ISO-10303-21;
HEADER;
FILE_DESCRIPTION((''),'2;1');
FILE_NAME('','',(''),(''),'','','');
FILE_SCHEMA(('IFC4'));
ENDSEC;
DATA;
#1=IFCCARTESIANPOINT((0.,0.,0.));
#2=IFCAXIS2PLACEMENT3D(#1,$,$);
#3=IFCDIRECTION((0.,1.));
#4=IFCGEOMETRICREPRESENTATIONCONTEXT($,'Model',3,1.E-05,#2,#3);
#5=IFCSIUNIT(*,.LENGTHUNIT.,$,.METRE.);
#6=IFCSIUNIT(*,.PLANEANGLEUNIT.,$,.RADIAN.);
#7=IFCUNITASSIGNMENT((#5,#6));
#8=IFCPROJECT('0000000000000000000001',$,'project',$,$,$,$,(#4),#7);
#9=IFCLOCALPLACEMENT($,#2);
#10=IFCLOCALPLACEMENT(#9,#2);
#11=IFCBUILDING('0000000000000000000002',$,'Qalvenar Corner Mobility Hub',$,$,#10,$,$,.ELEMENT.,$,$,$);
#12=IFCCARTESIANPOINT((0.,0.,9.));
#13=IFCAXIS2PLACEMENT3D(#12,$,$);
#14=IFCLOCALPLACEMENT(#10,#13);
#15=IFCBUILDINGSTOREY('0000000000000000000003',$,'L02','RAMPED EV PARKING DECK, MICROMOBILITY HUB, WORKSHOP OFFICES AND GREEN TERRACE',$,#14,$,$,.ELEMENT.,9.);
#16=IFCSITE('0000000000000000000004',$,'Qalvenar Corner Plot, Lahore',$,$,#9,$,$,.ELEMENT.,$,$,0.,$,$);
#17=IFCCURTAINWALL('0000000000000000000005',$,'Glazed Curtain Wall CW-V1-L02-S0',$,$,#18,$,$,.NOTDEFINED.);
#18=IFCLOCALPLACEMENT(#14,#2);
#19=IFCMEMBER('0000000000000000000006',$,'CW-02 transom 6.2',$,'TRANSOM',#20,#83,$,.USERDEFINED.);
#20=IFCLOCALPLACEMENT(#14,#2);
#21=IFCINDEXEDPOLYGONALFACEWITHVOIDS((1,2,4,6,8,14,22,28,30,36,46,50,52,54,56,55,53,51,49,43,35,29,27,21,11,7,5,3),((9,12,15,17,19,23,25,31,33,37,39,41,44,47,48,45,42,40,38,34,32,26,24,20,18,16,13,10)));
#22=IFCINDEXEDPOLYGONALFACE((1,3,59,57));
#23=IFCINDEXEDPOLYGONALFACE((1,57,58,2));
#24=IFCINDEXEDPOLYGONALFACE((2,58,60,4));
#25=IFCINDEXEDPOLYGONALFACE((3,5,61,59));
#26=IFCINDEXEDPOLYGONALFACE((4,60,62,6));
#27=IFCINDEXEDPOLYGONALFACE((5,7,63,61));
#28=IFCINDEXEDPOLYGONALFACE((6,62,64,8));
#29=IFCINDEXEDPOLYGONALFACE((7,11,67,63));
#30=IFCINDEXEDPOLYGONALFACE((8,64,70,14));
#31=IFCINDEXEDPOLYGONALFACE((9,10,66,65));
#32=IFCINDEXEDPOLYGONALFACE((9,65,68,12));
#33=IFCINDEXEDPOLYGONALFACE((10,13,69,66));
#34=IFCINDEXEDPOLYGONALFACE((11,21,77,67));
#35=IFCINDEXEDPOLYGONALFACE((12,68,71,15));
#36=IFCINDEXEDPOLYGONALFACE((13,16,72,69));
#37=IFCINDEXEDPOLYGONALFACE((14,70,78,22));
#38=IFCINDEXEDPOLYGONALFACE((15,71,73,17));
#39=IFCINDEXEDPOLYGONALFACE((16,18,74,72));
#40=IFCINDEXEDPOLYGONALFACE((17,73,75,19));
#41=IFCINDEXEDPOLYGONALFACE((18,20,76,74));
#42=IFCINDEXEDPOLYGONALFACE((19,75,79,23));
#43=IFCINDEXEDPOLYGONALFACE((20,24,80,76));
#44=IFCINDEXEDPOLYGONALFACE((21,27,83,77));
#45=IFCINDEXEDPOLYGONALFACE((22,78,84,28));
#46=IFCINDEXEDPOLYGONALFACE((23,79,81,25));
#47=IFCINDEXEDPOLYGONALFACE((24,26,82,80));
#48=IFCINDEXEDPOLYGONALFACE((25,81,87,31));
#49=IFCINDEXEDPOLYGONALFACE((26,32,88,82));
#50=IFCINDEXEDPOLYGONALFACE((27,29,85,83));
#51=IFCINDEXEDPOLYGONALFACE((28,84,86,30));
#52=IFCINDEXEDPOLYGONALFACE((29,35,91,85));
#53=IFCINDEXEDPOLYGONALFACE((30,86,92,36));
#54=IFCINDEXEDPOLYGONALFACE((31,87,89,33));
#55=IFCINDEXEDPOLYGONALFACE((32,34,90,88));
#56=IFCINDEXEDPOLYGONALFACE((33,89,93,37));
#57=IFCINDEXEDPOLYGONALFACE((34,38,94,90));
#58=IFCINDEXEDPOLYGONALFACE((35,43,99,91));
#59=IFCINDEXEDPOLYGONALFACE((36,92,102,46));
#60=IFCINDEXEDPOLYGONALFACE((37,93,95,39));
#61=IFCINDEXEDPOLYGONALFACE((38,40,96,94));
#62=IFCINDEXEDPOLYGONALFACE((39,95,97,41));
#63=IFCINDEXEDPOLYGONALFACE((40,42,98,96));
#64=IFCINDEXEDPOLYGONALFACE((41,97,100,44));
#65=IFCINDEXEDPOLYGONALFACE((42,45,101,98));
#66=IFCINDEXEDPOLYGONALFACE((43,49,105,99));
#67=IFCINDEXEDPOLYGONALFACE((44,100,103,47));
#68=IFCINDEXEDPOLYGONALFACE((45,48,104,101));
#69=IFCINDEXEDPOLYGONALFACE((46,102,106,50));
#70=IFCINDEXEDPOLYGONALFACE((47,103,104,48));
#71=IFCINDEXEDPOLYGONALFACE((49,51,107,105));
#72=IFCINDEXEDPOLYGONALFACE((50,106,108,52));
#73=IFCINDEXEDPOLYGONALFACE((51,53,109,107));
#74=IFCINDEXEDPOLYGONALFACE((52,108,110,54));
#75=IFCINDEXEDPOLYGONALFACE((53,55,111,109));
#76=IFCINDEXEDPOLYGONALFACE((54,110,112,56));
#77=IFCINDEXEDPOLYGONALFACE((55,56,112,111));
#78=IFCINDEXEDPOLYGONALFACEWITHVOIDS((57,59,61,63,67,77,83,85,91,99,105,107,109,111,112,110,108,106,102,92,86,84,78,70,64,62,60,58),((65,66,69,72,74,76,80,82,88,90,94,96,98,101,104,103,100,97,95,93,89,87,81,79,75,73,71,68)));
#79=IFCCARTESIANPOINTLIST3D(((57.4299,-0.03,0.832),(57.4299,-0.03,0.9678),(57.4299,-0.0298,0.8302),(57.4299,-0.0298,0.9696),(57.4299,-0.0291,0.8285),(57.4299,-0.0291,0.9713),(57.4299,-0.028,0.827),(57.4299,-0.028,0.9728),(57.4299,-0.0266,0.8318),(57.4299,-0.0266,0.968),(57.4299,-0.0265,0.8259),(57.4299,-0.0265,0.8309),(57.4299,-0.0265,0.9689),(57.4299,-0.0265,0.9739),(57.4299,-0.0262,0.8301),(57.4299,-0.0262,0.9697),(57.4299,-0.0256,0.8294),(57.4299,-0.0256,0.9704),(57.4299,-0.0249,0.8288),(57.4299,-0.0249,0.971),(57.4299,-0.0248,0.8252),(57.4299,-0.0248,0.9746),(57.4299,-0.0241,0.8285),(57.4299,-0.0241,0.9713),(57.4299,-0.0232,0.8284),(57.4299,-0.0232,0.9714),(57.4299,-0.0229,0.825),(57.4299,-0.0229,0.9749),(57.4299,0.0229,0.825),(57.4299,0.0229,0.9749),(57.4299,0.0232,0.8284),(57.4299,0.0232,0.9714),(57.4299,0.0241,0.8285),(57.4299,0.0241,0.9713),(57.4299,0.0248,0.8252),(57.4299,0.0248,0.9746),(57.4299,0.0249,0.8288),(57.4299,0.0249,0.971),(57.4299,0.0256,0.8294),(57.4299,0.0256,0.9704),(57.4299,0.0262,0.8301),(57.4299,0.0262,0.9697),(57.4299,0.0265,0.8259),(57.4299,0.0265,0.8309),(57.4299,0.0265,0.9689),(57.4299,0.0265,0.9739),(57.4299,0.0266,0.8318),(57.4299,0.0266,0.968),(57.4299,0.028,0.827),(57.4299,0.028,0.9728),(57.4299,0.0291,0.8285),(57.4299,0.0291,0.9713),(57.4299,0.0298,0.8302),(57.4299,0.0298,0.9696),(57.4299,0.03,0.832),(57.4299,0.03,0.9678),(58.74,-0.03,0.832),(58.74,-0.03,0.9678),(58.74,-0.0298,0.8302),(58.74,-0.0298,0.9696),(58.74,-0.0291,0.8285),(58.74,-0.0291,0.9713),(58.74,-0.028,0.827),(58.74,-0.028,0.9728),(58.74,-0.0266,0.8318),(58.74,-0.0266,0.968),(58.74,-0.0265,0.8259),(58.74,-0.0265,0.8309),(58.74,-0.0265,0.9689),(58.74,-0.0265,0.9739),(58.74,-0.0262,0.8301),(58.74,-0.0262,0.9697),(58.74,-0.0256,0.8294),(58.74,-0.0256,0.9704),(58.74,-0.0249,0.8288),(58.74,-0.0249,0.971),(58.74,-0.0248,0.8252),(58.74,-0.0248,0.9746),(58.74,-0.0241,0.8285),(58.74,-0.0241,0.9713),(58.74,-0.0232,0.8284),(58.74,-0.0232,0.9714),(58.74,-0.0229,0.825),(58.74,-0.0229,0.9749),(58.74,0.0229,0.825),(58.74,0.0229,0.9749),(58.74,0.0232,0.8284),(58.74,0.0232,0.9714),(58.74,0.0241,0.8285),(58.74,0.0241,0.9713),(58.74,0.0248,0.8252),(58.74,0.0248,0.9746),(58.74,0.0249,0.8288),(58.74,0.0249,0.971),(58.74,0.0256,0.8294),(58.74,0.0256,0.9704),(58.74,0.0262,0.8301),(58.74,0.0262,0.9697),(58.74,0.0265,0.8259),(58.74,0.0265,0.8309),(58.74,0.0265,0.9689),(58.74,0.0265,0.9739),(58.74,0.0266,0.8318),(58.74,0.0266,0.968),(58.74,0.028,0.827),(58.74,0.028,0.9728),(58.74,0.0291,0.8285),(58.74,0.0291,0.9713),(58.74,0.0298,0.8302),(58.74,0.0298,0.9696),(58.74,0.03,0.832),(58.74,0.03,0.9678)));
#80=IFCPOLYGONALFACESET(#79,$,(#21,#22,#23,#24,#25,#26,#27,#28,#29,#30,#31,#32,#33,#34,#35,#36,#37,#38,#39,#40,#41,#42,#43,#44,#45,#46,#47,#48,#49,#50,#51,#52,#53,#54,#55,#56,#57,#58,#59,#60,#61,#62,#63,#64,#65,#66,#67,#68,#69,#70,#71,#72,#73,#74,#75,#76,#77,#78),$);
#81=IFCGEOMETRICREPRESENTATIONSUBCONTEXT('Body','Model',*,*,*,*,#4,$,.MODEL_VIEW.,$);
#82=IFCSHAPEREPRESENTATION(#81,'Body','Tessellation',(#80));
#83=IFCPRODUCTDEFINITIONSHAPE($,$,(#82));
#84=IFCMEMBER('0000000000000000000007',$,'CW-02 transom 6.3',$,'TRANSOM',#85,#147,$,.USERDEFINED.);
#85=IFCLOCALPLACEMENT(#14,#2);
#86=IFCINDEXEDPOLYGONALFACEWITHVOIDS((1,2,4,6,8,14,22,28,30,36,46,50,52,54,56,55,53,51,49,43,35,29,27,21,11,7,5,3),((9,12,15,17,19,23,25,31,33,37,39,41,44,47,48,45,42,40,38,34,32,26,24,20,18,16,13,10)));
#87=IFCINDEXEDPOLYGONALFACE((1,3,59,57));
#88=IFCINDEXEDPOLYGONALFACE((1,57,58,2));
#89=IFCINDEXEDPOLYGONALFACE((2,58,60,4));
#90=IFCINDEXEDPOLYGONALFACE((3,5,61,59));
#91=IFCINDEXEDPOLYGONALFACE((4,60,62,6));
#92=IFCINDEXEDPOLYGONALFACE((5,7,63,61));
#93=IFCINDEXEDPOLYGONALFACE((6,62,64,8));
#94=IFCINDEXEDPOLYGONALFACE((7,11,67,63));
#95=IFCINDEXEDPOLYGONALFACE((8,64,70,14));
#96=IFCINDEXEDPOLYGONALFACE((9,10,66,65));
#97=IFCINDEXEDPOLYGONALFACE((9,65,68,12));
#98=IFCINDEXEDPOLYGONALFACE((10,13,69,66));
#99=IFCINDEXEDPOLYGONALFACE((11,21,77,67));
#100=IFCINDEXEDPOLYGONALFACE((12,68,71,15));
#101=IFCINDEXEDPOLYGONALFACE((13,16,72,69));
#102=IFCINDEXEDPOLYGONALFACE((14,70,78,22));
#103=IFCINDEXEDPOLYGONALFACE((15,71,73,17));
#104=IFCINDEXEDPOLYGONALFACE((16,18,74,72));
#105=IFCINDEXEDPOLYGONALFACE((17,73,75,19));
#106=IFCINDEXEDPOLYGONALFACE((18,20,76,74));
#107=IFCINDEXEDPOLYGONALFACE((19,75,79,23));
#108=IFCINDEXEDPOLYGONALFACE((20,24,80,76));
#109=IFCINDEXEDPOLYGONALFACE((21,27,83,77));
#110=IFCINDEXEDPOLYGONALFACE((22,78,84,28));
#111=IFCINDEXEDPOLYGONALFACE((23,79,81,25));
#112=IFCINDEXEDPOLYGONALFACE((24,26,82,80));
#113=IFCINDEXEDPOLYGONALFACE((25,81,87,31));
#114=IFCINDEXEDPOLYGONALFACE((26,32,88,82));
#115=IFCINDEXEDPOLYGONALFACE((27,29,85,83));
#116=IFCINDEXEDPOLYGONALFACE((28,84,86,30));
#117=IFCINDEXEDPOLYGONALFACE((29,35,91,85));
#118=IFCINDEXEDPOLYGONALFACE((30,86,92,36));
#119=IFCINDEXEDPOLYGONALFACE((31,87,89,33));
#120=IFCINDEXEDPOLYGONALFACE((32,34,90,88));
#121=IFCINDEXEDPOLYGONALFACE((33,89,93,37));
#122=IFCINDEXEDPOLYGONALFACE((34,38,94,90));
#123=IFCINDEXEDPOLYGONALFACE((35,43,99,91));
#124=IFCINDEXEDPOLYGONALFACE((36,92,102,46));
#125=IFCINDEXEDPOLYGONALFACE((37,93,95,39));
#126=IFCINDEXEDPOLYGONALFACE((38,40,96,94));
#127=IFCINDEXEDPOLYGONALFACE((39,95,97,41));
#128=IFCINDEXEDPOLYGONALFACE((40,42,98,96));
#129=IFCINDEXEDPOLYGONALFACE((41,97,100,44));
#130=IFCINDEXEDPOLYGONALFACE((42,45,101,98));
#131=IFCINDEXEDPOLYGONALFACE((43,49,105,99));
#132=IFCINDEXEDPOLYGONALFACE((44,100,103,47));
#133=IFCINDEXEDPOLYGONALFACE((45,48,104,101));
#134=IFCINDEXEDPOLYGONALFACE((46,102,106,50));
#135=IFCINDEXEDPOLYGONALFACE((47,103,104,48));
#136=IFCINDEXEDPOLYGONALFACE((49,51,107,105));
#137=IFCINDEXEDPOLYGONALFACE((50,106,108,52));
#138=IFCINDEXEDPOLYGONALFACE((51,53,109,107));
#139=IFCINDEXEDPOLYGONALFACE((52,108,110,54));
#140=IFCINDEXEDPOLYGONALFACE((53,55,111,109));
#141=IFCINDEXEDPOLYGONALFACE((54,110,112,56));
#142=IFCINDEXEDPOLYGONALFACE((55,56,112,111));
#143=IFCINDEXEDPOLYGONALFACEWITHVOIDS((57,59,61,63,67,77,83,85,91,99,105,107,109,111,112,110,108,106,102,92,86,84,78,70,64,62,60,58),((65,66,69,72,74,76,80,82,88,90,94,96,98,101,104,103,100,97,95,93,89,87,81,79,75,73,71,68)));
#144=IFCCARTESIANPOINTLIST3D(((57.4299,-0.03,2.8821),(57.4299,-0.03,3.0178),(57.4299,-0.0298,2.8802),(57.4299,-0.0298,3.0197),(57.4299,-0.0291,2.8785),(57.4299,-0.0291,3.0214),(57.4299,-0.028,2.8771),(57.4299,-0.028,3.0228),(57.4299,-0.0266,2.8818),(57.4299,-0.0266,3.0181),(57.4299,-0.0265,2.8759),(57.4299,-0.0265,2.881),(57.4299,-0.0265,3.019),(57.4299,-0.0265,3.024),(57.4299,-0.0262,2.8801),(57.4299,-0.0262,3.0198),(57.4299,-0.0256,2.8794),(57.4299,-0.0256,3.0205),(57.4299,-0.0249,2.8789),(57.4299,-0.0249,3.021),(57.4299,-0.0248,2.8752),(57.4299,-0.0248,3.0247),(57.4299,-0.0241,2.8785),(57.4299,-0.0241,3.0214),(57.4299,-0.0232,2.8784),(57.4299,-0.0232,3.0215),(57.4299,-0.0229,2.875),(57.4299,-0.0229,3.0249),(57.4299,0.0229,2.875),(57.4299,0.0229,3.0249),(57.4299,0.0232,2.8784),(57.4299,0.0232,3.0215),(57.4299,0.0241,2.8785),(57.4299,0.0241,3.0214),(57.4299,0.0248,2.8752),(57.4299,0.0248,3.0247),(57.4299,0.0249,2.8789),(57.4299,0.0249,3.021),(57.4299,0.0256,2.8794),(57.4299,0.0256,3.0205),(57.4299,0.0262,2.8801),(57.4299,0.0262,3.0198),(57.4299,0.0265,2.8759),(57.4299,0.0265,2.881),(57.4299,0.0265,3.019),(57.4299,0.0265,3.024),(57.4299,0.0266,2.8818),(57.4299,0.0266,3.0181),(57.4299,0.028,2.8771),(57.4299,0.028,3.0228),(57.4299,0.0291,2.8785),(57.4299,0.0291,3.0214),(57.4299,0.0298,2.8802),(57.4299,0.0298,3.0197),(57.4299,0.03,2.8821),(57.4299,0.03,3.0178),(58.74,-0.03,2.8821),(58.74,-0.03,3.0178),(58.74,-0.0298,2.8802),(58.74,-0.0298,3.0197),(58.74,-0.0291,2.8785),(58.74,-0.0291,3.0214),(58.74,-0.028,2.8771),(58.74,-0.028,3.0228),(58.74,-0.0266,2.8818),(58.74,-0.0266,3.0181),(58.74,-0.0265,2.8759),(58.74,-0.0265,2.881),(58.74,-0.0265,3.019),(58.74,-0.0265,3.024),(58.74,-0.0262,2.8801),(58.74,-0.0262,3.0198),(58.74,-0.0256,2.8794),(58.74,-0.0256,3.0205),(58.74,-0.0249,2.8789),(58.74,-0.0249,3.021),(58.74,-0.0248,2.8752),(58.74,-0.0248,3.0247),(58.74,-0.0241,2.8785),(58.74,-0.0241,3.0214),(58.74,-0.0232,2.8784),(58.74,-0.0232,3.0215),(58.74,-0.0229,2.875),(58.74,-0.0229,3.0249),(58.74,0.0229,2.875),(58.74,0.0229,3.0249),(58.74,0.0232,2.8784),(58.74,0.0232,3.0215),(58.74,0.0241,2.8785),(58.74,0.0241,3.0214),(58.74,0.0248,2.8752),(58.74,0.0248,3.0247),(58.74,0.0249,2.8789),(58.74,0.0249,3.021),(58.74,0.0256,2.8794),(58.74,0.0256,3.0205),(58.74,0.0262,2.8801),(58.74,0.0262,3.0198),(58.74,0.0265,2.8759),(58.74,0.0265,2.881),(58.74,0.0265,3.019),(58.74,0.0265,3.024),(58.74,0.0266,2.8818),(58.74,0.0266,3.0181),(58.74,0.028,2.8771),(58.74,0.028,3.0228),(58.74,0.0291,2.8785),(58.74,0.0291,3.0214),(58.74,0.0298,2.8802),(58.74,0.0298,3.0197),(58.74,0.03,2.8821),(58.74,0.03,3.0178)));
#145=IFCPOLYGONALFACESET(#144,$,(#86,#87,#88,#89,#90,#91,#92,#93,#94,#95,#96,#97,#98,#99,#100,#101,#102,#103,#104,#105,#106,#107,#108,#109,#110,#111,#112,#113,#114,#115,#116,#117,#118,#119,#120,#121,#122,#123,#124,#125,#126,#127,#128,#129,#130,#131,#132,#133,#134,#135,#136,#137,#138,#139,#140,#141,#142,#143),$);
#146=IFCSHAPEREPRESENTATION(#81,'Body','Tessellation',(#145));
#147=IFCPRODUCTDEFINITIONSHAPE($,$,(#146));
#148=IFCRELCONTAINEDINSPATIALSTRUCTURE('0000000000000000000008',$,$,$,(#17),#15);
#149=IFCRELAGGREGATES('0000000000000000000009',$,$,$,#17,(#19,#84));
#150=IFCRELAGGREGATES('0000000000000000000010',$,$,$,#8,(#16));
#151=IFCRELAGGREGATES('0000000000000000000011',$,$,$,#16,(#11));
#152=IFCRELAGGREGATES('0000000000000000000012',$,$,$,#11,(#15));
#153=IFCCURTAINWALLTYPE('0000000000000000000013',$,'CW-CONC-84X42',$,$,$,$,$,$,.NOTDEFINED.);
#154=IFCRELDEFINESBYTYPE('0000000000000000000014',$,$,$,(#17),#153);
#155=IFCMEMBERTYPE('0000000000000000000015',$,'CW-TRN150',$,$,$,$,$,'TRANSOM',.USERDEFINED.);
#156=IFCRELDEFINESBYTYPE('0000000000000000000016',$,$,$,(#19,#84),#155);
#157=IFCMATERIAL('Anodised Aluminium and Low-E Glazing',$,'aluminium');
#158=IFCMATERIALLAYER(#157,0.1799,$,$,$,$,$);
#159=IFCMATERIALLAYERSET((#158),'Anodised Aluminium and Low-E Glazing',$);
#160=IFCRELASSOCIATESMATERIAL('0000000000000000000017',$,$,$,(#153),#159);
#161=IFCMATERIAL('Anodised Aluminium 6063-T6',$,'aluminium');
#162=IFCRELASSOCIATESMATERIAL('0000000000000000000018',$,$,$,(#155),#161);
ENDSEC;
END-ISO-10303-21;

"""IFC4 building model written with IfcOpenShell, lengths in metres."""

from ifc_helpers import new_model, si_unit, direction, frame, origin, origin_2d, place, context, subcontext, project, spatial, hollow_rectangle, extrude, material, layer, layer_set, material_profile, profile_set, type_object, element, aggregate, save


model = new_model("IFC4")

# Units and contexts
model_context = context("Model", 3, precision=1e-05, world=origin(), true_north=direction((0.0, 1.0)))
body_context = subcontext(model_context, "Body", "Model", "MODEL_VIEW")
ifc_project = project(units=[si_unit("LENGTHUNIT", "METRE"), si_unit("PLANEANGLEUNIT", "RADIAN")], contexts=[model_context])

# Site, building, storey
site_placement = place(None, origin())
site = spatial("IfcSite", under=ifc_project, at=site_placement, Name="Qalvenar Corner Plot, Lahore", CompositionType="ELEMENT", RefElevation=0.0)
building_placement = place(site_placement, origin())
building = spatial("IfcBuilding", under=site, at=building_placement, Name="Qalvenar Corner Mobility Hub", CompositionType="ELEMENT")
storey_placement = place(building_placement, frame((0.0, 0.0, 9.0)))
storey = spatial("IfcBuildingStorey", under=building, at=storey_placement, Name="L02", Description="RAMPED EV PARKING DECK, MICROMOBILITY HUB, WORKSHOP OFFICES AND GREEN TERRACE", CompositionType="ELEMENT", Elevation=9.0)

# Curtain wall
ifc_material_1 = material(Name="Anodised Aluminium and Low-E Glazing", Category="aluminium")
ifc_layer_1 = layer(ifc_material_1, 0.1799)
ifc_layer_set_1 = layer_set([ifc_layer_1], Name="Anodised Aluminium and Low-E Glazing")
curtain_wall_type = type_object("IfcCurtainWallType", Name="CW-CONC-84X42", PredefinedType="NOTDEFINED", material=ifc_layer_set_1)
curtain_wall_1_placement = place(storey_placement, origin())
curtain_wall_1 = element("IfcCurtainWall", 1, at=curtain_wall_1_placement, inside=storey, type_object=curtain_wall_type, Name="Glazed Curtain Wall CW-V1-L02-S0", PredefinedType="NOTDEFINED")
ifc_material_2 = material(Name="Anodised Aluminium 6063-T6", Category="aluminium")

# Members
ifc_material_profile_1 = material_profile(ifc_material_2, hollow_rectangle(XDim=0.0601, YDim=0.1499, WallThickness=0.0034, InnerFilletRadius=0.0034, OuterFilletRadius=0.0071, at=origin_2d()), Name="RHS150x60x3.5")
ifc_profile_set_1 = profile_set([ifc_material_profile_1], Name="Anodised Aluminium 6063-T6")
member_type_1 = type_object("IfcMemberType", Name="CW-TRN150", ElementType="TRANSOM", PredefinedType="USERDEFINED", material=ifc_profile_set_1)
member_1_placement = place(storey_placement, frame((57.4299, 0.0, 0.8999), z_axis=(1.0, 0.0, 0.0), x_axis=(0.0, 1.0, 0.0)))
member_1 = element("IfcMember", 2, at=member_1_placement, type_object=member_type_1, Name="CW-02 transom 6.2", ObjectType="TRANSOM", PredefinedType="USERDEFINED", context=body_context, shape_type="SweptSolid", body=[
    extrude(hollow_rectangle(XDim=0.0601, YDim=0.1499, WallThickness=0.0034, InnerFilletRadius=0.0034, OuterFilletRadius=0.0071, at=origin_2d()), origin(), (0.0, 0.0, 1.0), 1.3101),
])
member_2_placement = place(storey_placement, frame((57.4299, 0.0, 2.95), z_axis=(1.0, 0.0, 0.0), x_axis=(0.0, 1.0, 0.0)))
member_2 = element("IfcMember", 3, at=member_2_placement, type_object=member_type_1, Name="CW-02 transom 6.3", ObjectType="TRANSOM", PredefinedType="USERDEFINED", context=body_context, shape_type="SweptSolid", body=[
    extrude(hollow_rectangle(XDim=0.0601, YDim=0.1499, WallThickness=0.0034, InnerFilletRadius=0.0034, OuterFilletRadius=0.0071, at=origin_2d()), origin(), (0.0, 0.0, 1.0), 1.3101),
])

aggregate(curtain_wall_1, [member_1, member_2])

save(model, "model.ifc")
